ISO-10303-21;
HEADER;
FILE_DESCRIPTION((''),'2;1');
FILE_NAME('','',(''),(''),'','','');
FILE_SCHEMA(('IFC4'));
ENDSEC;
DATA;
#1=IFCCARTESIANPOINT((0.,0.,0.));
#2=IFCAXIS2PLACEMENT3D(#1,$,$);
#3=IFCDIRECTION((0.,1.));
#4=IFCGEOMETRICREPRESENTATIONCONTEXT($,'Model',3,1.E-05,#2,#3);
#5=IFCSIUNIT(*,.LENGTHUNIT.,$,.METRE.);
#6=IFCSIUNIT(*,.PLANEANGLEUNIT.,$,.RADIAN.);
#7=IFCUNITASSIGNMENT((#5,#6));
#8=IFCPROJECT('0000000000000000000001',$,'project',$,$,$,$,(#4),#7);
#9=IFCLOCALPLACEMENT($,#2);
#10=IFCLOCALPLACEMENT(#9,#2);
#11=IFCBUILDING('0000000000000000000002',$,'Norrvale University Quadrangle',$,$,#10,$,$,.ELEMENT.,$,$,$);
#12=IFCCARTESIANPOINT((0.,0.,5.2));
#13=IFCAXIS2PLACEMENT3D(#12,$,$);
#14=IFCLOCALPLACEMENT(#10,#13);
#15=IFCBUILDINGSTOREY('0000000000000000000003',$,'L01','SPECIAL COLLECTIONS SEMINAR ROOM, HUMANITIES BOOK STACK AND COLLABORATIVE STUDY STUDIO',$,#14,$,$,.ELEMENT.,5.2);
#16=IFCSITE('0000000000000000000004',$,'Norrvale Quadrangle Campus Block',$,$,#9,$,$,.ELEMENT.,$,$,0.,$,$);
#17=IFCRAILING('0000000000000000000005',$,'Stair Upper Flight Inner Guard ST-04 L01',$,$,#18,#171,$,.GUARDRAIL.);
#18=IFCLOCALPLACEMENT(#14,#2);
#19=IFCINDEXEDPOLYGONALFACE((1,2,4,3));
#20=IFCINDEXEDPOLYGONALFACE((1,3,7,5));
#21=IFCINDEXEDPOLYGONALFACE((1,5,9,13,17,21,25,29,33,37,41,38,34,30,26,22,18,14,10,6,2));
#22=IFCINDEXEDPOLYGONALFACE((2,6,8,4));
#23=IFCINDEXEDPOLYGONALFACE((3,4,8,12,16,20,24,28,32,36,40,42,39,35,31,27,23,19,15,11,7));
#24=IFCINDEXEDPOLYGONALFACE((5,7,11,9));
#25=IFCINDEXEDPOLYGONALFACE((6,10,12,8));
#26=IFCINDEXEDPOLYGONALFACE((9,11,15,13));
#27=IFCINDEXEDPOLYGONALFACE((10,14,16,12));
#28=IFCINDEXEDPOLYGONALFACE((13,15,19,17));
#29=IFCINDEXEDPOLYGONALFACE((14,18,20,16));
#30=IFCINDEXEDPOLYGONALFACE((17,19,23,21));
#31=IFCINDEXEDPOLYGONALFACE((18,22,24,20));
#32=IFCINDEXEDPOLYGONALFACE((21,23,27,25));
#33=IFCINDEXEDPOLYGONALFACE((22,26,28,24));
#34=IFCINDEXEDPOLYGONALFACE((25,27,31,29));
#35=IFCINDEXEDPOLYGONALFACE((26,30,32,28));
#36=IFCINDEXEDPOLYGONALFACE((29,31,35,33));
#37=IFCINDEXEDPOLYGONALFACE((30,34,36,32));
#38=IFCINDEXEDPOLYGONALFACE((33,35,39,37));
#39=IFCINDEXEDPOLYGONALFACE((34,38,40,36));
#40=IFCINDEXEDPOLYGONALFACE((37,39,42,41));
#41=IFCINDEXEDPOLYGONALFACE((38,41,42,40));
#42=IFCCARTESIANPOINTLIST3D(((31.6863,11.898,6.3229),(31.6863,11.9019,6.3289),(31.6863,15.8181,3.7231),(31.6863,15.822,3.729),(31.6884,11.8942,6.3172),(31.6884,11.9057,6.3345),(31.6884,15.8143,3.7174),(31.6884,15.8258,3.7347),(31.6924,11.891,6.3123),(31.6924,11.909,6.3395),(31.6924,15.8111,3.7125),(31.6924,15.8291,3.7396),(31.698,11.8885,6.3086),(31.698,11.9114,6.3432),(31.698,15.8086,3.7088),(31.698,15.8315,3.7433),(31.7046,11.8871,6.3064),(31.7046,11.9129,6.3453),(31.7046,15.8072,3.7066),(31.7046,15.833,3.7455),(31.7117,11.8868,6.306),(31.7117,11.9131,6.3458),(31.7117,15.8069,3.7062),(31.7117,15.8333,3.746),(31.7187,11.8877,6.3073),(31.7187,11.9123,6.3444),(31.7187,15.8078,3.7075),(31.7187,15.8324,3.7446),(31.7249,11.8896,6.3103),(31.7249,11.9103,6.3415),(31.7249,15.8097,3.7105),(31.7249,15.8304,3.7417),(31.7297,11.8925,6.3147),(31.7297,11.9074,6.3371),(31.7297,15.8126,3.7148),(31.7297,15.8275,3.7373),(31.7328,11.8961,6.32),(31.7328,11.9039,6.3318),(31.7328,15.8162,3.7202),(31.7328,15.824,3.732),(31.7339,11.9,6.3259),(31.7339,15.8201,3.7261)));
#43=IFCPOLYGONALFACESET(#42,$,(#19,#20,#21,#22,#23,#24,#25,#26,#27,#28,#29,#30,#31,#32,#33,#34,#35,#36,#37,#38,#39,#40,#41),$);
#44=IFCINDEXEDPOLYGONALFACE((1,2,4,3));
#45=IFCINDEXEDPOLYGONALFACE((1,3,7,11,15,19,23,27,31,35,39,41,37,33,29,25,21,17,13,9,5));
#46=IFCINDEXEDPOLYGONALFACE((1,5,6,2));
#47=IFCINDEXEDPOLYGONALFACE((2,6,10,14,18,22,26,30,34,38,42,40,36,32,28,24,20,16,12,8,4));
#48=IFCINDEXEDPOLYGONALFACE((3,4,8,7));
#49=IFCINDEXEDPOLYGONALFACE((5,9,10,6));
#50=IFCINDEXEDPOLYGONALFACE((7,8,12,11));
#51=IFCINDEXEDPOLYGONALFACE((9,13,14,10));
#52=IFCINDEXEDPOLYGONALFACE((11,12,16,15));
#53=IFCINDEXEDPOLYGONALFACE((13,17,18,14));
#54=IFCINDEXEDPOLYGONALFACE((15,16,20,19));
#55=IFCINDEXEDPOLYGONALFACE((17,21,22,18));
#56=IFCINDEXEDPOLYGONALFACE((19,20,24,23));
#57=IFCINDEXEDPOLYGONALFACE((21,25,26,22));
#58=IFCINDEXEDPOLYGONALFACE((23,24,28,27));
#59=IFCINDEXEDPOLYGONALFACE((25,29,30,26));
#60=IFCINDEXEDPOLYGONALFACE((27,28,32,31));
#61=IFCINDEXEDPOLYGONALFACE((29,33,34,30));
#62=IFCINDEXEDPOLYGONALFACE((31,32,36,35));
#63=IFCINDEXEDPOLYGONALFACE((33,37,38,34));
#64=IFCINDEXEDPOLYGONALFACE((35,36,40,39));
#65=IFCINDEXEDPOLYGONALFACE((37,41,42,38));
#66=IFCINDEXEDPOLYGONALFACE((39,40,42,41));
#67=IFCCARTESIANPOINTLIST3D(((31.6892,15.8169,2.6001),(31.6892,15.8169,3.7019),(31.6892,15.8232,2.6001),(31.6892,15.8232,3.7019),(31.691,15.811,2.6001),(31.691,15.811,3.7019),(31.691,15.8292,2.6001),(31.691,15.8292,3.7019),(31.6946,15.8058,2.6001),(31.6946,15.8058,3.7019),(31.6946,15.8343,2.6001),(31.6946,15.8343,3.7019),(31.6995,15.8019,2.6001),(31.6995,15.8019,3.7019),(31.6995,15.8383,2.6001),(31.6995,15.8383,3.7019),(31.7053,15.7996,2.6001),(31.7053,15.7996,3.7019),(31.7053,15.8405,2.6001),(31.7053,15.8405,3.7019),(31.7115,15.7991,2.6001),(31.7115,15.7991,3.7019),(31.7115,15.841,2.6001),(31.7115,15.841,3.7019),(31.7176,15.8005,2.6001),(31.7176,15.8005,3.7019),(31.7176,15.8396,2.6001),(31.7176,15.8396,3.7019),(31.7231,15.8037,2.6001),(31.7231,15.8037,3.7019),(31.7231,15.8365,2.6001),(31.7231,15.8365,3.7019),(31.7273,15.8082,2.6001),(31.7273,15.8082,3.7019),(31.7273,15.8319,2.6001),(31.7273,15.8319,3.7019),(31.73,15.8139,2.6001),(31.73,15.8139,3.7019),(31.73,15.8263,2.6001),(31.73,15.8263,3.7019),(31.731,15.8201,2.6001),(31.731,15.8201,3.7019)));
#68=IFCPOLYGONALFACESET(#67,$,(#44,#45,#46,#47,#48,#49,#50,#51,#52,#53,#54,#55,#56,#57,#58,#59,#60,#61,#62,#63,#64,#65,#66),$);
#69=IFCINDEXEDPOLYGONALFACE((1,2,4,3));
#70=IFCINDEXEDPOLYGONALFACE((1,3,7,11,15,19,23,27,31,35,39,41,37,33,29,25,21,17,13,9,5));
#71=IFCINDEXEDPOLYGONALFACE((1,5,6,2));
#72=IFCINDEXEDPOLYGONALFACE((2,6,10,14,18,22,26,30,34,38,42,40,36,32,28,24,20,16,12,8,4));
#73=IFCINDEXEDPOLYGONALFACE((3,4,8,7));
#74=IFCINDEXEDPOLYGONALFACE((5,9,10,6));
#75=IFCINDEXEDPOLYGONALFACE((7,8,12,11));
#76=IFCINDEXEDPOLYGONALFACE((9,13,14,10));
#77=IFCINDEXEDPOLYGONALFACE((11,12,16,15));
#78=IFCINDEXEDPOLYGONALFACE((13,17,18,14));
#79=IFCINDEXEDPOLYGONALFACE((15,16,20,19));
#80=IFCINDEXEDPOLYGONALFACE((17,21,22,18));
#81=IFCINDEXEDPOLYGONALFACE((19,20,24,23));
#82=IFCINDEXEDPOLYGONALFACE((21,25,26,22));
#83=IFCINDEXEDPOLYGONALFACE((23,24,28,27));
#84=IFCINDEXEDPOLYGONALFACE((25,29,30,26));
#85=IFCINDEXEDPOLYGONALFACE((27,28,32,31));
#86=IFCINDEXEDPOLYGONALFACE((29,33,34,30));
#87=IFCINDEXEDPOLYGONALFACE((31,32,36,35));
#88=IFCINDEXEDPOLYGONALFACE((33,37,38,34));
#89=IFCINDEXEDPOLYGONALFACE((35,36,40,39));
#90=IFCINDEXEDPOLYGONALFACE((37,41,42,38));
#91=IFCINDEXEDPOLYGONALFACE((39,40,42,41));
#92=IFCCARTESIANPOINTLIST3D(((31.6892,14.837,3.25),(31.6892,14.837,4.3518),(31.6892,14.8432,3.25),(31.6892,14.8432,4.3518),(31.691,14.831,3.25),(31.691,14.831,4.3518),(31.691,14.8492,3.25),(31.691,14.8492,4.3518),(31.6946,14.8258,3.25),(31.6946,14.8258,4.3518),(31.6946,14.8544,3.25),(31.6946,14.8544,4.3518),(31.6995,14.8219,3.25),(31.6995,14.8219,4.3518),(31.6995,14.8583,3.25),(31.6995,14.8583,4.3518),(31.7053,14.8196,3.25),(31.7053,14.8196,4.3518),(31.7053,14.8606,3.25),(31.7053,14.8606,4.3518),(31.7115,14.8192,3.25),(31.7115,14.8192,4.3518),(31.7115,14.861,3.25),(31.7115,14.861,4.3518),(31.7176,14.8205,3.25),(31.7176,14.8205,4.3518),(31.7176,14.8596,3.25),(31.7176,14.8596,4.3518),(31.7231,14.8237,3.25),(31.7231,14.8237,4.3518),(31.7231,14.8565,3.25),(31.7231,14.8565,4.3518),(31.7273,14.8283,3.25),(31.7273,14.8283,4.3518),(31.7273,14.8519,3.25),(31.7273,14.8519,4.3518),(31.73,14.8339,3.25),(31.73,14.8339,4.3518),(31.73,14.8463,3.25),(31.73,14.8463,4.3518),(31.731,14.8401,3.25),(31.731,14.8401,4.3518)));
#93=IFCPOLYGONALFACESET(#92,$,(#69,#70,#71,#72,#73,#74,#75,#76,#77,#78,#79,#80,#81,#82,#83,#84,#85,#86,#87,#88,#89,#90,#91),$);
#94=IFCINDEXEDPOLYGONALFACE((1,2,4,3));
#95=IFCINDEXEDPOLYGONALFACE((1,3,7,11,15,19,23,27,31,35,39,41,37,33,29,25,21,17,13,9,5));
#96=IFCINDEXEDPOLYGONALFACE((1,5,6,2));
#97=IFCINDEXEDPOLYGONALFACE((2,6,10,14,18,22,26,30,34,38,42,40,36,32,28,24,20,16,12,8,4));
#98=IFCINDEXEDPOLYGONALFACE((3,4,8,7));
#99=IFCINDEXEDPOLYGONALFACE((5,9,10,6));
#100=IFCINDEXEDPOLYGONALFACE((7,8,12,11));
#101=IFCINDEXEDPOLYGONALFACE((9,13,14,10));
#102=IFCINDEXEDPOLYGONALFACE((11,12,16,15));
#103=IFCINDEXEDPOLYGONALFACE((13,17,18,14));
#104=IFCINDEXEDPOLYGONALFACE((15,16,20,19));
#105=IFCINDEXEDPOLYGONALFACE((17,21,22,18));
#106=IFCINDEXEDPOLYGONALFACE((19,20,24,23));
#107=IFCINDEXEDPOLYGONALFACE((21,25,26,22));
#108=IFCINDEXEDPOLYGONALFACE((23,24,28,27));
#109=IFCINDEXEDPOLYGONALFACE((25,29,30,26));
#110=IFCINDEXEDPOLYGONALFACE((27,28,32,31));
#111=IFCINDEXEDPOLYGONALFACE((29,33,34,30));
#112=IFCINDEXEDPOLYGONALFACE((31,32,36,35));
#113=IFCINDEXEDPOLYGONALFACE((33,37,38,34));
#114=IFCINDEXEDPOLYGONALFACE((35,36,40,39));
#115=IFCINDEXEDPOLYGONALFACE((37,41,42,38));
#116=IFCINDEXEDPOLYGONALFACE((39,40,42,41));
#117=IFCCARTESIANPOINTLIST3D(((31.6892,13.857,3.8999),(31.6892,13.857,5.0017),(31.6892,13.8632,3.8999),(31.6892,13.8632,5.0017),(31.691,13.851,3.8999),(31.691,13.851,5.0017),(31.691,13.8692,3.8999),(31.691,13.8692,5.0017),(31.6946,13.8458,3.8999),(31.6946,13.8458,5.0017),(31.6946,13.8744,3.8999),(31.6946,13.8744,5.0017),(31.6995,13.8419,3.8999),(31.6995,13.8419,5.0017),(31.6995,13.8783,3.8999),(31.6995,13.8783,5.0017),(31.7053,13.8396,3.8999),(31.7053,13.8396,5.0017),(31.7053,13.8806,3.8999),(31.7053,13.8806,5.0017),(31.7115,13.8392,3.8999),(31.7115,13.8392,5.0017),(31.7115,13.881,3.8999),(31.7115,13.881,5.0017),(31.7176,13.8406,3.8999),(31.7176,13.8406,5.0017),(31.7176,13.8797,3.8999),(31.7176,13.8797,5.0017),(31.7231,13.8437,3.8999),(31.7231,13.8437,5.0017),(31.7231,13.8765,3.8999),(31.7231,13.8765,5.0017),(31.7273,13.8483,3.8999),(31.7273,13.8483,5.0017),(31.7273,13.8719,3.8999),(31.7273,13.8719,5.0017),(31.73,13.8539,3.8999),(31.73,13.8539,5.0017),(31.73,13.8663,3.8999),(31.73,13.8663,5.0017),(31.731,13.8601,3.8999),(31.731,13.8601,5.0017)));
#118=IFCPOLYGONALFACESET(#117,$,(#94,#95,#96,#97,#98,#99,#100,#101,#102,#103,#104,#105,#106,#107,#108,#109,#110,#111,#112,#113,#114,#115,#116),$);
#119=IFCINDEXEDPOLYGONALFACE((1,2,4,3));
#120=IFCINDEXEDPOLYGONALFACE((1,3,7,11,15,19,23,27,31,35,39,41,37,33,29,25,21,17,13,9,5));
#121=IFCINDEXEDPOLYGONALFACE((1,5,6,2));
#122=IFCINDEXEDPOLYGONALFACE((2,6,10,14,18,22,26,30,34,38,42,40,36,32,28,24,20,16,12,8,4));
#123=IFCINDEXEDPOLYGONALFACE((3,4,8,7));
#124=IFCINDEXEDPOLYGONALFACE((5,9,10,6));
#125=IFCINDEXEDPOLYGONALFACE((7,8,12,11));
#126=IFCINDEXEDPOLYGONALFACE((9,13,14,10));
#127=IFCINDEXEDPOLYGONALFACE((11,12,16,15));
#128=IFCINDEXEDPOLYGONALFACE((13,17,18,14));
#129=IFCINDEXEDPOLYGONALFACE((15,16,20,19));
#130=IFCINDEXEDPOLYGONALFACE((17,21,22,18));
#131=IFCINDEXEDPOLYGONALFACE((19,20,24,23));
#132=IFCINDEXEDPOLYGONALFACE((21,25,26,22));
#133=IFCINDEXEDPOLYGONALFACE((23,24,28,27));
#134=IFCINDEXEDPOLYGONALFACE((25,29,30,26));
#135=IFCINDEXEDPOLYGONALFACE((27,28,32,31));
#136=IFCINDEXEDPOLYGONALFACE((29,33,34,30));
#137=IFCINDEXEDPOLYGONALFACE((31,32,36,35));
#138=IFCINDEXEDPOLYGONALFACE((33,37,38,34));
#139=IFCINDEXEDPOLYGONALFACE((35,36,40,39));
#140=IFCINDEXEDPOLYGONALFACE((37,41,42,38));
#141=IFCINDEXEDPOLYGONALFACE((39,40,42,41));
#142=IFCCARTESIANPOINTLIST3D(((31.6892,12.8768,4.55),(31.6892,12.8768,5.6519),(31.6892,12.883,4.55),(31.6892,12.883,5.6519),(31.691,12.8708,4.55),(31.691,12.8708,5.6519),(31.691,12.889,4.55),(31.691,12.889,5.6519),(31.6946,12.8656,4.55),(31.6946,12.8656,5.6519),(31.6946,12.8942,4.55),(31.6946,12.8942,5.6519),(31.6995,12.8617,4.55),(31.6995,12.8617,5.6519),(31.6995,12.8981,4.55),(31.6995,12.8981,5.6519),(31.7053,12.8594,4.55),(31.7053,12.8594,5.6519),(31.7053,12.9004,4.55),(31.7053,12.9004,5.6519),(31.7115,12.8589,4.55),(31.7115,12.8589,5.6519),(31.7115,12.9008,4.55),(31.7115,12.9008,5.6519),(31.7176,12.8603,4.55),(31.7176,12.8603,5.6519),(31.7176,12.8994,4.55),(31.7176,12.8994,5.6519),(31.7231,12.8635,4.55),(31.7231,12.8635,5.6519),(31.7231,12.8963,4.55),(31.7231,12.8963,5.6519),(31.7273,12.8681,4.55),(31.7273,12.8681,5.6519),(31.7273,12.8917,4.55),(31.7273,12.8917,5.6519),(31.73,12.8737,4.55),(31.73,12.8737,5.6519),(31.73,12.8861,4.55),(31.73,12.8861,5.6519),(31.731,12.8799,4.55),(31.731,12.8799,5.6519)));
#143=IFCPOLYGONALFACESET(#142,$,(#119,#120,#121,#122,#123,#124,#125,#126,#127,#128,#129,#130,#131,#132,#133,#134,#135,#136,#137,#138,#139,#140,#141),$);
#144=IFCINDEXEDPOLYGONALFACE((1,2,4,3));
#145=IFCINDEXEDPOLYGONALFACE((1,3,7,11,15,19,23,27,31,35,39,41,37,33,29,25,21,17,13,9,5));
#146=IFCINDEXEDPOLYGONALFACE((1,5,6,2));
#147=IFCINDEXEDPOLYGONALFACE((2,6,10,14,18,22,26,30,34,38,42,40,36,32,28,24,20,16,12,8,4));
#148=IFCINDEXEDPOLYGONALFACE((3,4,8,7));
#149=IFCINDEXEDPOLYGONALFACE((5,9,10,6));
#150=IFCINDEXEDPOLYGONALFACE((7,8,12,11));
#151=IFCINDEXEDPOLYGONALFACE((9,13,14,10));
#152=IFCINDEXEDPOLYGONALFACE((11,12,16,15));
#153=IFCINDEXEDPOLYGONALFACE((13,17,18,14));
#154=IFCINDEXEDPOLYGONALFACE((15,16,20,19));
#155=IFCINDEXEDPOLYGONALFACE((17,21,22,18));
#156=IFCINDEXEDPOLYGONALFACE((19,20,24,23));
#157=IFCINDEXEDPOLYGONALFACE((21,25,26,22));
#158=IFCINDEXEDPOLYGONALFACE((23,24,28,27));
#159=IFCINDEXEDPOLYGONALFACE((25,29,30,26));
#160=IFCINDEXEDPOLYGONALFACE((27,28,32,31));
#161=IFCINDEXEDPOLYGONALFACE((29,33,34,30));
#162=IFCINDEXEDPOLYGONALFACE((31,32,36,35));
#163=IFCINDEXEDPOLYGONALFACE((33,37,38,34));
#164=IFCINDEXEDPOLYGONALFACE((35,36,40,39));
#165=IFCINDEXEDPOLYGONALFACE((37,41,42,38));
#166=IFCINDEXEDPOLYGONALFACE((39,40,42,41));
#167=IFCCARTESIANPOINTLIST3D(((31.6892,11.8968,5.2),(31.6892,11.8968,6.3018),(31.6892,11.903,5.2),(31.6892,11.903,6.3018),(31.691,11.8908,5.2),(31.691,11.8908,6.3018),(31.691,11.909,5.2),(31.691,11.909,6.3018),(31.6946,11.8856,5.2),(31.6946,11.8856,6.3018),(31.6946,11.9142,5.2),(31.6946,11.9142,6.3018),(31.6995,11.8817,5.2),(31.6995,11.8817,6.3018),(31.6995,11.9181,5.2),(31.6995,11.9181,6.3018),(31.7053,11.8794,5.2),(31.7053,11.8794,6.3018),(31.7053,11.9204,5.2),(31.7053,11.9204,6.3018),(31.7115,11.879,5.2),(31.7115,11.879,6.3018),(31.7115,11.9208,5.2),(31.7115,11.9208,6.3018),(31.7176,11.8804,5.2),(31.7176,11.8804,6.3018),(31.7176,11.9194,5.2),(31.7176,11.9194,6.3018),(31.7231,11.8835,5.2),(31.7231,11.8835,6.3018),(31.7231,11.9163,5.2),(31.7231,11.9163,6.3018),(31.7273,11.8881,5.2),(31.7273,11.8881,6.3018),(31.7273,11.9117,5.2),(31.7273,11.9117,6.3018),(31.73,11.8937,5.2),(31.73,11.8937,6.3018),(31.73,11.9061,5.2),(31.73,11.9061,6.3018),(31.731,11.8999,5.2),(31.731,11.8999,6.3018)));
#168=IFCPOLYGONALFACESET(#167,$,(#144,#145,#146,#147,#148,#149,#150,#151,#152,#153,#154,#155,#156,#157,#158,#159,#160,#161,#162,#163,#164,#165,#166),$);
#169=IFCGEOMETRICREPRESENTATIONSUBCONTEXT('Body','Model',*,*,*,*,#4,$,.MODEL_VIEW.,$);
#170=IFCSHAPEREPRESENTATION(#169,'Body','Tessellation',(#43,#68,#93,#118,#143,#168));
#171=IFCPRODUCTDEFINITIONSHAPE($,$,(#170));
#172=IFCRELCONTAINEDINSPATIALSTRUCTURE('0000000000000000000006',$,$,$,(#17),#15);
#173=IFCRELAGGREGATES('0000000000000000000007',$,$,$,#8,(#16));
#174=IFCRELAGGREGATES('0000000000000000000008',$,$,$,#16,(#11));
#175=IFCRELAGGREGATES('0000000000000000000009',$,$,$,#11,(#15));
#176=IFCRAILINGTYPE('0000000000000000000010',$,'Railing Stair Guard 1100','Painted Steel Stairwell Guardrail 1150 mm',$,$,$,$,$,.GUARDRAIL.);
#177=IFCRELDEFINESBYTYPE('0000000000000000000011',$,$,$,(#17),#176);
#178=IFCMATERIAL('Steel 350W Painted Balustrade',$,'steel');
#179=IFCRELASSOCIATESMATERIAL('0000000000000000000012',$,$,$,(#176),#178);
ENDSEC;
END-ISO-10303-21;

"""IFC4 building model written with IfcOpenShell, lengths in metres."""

from ifc_helpers import new_model, si_unit, direction, frame, origin, origin_2d, place, context, subcontext, project, spatial, circle, extrude, material, type_object, element, save


model = new_model("IFC4")

# Units and contexts
model_context = context("Model", 3, precision=1e-05, world=origin(), true_north=direction((0.0, 1.0)))
body_context = subcontext(model_context, "Body", "Model", "MODEL_VIEW")
ifc_project = project(units=[si_unit("LENGTHUNIT", "METRE"), si_unit("PLANEANGLEUNIT", "RADIAN")], contexts=[model_context])

# Site, building, storey
site_placement = place(None, origin())
site = spatial("IfcSite", under=ifc_project, at=site_placement, Name="Norrvale Quadrangle Campus Block", CompositionType="ELEMENT", RefElevation=0.0)
building_placement = place(site_placement, origin())
building = spatial("IfcBuilding", under=site, at=building_placement, Name="Norrvale University Quadrangle", CompositionType="ELEMENT")
storey_placement = place(building_placement, frame((0.0, 0.0, 5.2)))
storey = spatial("IfcBuildingStorey", under=building, at=storey_placement, Name="L01", Description="SPECIAL COLLECTIONS SEMINAR ROOM, HUMANITIES BOOK STACK AND COLLABORATIVE STUDY STUDIO", CompositionType="ELEMENT", Elevation=5.2)

# Railing
ifc_material_1 = material(Name="Steel 350W Painted Balustrade", Category="steel")
railing_type_1 = type_object("IfcRailingType", Name="Railing Stair Guard 1100", Description="Painted Steel Stairwell Guardrail 1150 mm", PredefinedType="GUARDRAIL", material=ifc_material_1)
railing_1_placement = place(storey_placement, frame((31.71, 15.8201, 2.6001)))
element("IfcRailing", 1, at=railing_1_placement, inside=storey, type_object=railing_type_1, Name="Stair Upper Flight Inner Guard ST-04 L01", PredefinedType="GUARDRAIL", context=body_context, shape_type="SweptSolid", body=[
    extrude(circle(Radius=0.0239, at=origin_2d()), frame((0.0, 0.0, 1.126), z_axis=(0.0, -0.833381, 0.552698), x_axis=(1.0, 0.0, 0.0)), (0.0, 0.0, 1.0), 4.7039),
    extrude(circle(Radius=0.021, at=origin_2d()), origin(), (0.0, 0.0, 1.0), 1.1018),
    extrude(circle(Radius=0.021, at=origin_2d()), frame((0.0, -0.98, 0.6499)), (0.0, 0.0, 1.0), 1.1018),
    extrude(circle(Radius=0.021, at=origin_2d()), frame((0.0, -1.96, 1.2998)), (0.0, 0.0, 1.0), 1.1018),
    extrude(circle(Radius=0.021, at=origin_2d()), frame((0.0, -2.9402, 1.95)), (0.0, 0.0, 1.0), 1.1018),
    extrude(circle(Radius=0.021, at=origin_2d()), frame((0.0, -3.9202, 2.5999)), (0.0, 0.0, 1.0), 1.1018),
])

save(model, "model.ifc")
